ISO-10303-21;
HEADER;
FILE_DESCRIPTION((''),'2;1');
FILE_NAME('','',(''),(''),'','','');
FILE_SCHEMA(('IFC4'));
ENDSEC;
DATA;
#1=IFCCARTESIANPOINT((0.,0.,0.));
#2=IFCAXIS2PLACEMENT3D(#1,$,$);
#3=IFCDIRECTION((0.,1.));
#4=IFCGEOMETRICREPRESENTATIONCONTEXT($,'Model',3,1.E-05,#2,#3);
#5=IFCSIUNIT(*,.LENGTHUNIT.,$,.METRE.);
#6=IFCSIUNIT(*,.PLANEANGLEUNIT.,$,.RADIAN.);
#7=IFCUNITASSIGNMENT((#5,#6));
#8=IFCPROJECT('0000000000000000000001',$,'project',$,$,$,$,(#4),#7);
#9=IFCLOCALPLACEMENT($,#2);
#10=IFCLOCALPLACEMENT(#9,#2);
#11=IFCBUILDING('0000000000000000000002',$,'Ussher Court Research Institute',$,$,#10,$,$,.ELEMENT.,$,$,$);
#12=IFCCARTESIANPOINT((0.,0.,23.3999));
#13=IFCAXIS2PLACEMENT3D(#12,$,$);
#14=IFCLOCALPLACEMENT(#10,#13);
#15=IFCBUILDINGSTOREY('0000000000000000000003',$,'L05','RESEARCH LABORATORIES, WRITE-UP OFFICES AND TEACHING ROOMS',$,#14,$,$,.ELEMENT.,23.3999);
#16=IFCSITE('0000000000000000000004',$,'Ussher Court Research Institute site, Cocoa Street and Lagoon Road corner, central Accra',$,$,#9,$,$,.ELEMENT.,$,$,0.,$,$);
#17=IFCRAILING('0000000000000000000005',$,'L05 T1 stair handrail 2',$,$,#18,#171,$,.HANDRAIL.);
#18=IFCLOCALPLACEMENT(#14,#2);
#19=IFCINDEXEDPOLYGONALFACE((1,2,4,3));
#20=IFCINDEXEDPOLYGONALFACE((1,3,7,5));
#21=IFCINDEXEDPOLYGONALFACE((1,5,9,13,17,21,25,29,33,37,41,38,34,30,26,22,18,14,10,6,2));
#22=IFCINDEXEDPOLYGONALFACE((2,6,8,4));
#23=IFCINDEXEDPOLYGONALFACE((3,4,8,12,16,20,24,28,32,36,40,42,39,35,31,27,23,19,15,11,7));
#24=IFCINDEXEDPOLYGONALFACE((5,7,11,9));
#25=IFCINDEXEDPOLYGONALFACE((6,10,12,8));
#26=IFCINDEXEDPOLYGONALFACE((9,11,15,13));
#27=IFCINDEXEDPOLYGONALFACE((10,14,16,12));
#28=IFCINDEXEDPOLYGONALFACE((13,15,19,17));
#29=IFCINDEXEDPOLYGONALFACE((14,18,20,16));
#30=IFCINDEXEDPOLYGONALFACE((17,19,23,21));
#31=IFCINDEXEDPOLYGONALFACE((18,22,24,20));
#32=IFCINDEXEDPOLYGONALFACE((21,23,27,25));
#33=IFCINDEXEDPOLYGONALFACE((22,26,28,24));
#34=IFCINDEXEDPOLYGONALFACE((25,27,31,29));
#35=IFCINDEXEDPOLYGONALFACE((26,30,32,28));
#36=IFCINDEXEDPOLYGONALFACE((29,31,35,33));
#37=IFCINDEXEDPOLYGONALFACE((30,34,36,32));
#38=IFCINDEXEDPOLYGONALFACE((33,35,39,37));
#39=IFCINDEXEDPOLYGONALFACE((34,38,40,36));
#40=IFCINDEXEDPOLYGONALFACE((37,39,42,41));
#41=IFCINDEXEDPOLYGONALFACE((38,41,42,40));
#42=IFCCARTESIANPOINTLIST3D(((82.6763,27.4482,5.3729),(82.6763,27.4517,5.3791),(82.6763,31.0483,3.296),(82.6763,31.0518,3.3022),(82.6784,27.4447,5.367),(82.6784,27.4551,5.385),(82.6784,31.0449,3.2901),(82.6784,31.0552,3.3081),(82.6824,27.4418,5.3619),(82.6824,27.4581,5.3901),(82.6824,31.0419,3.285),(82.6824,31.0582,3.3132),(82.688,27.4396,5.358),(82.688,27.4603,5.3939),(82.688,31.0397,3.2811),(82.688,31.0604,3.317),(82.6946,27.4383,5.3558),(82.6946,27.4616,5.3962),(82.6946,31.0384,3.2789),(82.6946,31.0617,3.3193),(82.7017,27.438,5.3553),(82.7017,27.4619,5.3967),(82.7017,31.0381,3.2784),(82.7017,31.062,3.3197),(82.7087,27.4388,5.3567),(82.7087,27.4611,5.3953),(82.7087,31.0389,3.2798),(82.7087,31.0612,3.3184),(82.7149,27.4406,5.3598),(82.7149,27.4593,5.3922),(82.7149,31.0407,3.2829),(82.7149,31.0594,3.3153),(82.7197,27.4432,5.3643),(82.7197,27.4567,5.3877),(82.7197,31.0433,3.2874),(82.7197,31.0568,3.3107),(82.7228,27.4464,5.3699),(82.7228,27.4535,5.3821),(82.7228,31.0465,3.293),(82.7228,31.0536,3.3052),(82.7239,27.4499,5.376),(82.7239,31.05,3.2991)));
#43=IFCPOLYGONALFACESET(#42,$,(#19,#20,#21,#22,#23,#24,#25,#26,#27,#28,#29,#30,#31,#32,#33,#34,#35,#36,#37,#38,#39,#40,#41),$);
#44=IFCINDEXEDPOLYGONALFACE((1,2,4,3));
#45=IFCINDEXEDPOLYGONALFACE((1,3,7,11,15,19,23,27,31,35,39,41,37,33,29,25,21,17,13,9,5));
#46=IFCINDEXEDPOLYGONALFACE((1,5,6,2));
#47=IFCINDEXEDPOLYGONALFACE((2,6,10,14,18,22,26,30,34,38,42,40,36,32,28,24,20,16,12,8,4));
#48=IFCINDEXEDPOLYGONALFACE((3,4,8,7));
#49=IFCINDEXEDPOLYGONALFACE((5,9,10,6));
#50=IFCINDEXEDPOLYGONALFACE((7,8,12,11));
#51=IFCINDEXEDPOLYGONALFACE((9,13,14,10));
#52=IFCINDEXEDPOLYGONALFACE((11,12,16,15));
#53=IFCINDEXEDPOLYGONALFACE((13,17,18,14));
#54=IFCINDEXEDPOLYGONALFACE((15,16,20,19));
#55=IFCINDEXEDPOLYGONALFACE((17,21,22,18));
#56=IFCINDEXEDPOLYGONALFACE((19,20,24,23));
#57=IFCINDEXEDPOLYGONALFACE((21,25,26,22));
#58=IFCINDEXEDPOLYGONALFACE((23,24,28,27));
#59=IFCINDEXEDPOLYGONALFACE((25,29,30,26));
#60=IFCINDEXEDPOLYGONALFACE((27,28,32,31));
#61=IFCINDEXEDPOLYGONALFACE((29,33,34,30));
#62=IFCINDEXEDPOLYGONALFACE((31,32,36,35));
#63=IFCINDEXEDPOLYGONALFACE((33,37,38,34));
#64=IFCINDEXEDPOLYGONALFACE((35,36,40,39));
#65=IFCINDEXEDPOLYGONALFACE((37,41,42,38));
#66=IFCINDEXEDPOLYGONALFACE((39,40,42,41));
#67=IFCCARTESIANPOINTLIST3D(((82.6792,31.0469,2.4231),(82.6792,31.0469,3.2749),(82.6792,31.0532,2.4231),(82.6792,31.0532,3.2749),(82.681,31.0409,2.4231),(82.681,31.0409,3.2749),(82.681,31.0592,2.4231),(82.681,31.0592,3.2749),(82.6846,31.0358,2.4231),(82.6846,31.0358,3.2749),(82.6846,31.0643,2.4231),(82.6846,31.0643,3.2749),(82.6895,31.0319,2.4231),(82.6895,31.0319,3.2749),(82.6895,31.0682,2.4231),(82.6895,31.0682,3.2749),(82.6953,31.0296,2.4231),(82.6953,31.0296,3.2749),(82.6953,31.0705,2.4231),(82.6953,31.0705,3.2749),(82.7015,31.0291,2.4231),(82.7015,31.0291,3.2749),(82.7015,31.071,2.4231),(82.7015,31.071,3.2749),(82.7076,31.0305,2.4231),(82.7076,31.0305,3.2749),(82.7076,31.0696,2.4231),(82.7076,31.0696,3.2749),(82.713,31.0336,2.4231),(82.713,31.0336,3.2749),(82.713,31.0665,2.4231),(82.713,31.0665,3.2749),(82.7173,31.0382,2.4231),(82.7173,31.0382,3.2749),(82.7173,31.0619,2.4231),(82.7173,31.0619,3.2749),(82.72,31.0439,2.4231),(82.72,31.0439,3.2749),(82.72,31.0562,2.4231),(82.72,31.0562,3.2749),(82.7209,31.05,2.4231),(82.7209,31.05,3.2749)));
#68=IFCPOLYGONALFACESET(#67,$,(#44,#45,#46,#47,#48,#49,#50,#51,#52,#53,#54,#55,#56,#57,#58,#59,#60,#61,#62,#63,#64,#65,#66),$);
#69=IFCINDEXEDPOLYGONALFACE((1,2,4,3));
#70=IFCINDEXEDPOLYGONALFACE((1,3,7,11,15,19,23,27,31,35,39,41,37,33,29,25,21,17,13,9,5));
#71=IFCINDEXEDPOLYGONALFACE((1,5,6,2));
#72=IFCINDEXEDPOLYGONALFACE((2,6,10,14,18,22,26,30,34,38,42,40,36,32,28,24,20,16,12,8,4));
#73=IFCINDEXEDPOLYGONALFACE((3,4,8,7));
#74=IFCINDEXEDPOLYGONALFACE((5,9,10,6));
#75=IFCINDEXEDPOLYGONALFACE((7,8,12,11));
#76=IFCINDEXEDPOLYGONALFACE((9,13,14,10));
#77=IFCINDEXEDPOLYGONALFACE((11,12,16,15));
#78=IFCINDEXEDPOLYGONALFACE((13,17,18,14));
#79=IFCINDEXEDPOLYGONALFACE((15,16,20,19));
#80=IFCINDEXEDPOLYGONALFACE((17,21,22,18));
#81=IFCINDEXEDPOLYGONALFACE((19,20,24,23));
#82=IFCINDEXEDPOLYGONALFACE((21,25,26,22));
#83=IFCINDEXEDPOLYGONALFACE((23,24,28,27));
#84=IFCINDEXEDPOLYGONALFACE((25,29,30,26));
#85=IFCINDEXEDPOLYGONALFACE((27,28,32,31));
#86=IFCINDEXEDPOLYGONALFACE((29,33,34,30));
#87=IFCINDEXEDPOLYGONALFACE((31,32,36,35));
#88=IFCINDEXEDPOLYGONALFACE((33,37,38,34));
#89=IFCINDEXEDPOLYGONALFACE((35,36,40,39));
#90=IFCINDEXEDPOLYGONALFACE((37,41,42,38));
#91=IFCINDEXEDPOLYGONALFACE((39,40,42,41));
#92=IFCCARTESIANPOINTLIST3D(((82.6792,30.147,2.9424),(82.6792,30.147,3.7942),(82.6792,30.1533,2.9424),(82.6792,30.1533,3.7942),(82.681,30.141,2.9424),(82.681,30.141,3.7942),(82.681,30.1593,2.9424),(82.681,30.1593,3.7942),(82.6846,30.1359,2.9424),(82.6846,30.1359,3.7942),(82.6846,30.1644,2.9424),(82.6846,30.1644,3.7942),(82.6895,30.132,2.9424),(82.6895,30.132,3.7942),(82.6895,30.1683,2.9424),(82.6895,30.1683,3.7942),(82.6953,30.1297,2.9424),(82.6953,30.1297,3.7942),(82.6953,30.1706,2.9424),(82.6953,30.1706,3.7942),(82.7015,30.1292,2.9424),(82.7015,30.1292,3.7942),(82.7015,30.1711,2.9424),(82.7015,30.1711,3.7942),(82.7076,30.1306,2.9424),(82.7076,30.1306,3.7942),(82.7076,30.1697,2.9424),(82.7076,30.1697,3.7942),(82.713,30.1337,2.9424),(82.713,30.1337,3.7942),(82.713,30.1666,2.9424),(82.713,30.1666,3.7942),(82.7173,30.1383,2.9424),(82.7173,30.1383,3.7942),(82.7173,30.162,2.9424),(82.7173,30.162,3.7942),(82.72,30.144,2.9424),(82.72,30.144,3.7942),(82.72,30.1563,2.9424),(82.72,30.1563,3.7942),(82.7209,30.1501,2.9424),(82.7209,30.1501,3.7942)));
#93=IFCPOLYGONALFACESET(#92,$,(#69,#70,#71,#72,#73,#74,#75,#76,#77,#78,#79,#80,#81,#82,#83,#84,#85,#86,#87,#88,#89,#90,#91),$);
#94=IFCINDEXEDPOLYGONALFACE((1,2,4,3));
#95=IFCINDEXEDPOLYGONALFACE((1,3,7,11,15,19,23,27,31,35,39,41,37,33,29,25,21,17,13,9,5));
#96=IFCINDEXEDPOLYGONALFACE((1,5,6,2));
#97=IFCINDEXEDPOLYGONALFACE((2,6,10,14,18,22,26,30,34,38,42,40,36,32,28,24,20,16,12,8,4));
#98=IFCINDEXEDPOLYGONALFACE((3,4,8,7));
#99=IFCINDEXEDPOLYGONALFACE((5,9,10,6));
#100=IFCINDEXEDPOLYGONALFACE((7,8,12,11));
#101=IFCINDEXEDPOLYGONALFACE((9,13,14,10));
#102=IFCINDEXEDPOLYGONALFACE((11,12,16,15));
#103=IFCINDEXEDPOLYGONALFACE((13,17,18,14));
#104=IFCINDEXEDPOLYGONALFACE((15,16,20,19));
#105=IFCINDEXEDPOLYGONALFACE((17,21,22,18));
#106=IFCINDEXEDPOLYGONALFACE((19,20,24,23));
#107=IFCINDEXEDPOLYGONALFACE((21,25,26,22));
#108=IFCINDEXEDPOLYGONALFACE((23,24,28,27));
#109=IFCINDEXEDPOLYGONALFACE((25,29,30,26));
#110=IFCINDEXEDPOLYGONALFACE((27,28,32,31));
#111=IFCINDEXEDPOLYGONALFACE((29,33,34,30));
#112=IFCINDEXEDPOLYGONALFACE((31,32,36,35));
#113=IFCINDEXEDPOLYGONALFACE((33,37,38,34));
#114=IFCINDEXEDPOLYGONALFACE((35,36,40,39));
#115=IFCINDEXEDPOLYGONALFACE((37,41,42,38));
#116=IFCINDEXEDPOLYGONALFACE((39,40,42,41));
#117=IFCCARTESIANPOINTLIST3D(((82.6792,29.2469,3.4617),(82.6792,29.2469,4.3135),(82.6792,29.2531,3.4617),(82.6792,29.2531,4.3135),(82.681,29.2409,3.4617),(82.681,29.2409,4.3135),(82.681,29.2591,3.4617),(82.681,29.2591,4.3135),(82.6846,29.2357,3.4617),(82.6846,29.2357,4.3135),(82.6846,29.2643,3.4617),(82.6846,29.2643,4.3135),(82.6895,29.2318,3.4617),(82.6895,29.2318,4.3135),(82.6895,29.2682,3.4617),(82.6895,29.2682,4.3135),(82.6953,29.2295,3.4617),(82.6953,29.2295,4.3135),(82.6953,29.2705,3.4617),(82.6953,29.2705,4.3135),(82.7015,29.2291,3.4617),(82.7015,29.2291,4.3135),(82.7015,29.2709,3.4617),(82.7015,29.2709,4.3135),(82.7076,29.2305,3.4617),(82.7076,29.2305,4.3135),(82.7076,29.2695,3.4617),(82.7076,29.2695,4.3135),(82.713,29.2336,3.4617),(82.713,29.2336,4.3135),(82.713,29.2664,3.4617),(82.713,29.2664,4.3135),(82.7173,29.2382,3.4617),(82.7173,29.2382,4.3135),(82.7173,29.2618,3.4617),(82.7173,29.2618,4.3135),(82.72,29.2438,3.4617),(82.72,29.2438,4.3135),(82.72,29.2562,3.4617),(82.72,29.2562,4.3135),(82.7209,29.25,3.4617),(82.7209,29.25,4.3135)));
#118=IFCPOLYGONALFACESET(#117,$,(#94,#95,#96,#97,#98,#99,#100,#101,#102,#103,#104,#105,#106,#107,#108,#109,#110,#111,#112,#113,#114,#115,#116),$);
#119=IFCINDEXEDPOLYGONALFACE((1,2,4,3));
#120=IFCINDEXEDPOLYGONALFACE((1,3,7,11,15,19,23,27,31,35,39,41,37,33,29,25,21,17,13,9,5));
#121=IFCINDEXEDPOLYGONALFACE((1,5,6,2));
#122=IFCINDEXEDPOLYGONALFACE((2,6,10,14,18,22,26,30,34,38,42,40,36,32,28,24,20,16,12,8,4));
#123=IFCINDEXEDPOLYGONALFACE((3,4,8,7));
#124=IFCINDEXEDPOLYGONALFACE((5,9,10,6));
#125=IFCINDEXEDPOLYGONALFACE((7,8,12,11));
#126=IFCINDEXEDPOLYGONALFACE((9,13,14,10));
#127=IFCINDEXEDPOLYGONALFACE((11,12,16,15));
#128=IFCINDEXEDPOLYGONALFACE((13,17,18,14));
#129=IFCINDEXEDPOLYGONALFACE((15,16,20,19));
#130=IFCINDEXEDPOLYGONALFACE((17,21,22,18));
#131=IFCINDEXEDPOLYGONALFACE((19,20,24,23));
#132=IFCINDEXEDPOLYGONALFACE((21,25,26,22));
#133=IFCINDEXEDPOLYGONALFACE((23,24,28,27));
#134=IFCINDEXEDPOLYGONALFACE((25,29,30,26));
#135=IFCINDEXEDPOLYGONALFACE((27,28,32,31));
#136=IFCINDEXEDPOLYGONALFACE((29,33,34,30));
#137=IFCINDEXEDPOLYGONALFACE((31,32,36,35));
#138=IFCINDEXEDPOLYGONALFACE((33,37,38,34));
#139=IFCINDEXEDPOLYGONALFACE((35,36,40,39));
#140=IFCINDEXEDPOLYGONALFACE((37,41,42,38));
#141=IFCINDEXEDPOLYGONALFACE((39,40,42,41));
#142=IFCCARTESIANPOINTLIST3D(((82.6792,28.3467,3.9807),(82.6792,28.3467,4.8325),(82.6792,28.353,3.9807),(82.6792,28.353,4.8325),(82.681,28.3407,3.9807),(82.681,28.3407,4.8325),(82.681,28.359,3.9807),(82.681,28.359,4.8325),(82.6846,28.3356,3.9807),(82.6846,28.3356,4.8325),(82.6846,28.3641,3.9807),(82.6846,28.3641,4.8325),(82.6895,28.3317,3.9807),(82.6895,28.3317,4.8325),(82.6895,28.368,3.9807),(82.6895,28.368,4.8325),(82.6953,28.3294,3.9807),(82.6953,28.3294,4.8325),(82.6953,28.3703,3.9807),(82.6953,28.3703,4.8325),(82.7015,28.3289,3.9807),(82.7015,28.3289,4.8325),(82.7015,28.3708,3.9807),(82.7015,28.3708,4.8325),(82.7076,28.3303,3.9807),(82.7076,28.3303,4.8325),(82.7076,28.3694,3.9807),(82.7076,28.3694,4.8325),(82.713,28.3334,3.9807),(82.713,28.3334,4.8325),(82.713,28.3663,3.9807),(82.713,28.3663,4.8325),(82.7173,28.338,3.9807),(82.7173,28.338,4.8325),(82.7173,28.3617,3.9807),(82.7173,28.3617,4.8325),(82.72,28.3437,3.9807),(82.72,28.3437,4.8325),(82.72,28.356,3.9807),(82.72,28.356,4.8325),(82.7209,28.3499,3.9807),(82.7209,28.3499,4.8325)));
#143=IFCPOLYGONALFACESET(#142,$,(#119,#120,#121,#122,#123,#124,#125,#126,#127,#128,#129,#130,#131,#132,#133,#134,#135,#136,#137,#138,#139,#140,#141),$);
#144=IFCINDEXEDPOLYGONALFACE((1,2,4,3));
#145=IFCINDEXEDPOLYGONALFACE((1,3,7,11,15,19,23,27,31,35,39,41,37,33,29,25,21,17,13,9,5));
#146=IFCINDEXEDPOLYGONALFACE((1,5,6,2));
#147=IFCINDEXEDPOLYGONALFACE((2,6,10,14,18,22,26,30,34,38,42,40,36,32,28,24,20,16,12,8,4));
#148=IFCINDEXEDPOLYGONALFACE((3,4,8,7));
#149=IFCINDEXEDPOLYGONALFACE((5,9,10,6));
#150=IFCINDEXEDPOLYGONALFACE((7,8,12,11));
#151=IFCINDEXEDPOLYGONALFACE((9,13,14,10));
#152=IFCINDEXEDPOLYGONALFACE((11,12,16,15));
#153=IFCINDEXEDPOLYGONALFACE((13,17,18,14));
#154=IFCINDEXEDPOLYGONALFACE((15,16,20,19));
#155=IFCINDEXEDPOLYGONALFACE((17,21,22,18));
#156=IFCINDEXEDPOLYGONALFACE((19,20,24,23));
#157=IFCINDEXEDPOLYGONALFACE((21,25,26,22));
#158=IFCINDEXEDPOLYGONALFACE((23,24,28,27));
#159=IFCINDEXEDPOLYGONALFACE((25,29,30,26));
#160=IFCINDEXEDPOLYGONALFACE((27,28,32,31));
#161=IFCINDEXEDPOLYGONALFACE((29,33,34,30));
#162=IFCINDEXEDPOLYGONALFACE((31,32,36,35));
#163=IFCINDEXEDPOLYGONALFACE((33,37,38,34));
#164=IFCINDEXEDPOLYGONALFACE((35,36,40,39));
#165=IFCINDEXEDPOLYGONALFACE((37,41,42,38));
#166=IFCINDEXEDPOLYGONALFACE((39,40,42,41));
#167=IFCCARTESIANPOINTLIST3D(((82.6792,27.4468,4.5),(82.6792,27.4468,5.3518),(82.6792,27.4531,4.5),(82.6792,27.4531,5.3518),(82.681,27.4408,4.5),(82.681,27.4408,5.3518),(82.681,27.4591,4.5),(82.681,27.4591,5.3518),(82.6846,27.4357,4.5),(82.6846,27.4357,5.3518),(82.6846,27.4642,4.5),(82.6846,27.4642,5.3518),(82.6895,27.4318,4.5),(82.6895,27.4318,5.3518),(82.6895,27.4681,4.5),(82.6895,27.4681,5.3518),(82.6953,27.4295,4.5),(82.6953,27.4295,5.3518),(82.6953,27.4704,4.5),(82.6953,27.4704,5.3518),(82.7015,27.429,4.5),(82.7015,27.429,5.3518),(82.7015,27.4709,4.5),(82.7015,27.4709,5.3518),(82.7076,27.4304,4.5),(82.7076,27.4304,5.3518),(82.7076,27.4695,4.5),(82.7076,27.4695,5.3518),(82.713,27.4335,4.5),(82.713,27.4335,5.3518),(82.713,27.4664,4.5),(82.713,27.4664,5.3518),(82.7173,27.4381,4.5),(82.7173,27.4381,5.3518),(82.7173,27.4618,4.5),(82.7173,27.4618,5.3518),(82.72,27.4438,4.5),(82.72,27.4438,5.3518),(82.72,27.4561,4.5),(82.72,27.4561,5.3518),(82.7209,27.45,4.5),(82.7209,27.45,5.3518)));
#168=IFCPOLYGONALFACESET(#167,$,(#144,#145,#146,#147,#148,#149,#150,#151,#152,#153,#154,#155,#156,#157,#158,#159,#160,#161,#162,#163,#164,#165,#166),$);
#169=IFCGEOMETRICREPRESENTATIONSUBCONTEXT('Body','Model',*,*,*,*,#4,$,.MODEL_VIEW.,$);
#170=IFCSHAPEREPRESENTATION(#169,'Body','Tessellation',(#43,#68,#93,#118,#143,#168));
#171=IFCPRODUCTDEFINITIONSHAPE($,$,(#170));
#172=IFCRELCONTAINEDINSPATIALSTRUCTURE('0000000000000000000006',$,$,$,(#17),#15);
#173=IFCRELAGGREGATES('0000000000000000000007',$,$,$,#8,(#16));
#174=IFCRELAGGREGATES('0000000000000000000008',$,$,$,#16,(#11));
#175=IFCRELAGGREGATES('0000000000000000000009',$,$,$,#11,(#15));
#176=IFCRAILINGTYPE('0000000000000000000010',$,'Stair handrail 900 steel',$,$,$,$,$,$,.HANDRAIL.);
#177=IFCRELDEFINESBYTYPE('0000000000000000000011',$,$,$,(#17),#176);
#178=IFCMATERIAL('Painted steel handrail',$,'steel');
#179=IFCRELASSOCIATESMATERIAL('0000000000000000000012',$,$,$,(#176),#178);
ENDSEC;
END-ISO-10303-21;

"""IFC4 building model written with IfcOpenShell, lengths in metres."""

from ifc_helpers import new_model, si_unit, direction, frame, origin, origin_2d, place, context, subcontext, project, spatial, circle, extrude, material, type_object, element, save


model = new_model("IFC4")

# Units and contexts
model_context = context("Model", 3, precision=1e-05, world=origin(), true_north=direction((0.0, 1.0)))
body_context = subcontext(model_context, "Body", "Model", "MODEL_VIEW")
ifc_project = project(units=[si_unit("LENGTHUNIT", "METRE"), si_unit("PLANEANGLEUNIT", "RADIAN")], contexts=[model_context])

# Site, building, storey
site_placement = place(None, origin())
site = spatial("IfcSite", under=ifc_project, at=site_placement, Name="Ussher Court Research Institute site, Cocoa Street and Lagoon Road corner, central Accra", CompositionType="ELEMENT", RefElevation=0.0)
building_placement = place(site_placement, origin())
building = spatial("IfcBuilding", under=site, at=building_placement, Name="Ussher Court Research Institute", CompositionType="ELEMENT")
storey_placement = place(building_placement, frame((0.0, 0.0, 23.3999)))
storey = spatial("IfcBuildingStorey", under=building, at=storey_placement, Name="L05", Description="RESEARCH LABORATORIES, WRITE-UP OFFICES AND TEACHING ROOMS", CompositionType="ELEMENT", Elevation=23.3999)

# Railing
ifc_material_1 = material(Name="Painted steel handrail", Category="steel")
railing_type = type_object("IfcRailingType", Name="Stair handrail 900 steel", PredefinedType="HANDRAIL", material=ifc_material_1)
railing_placement = place(storey_placement, frame((82.7, 31.05, 2.4231)))
element("IfcRailing", 1, at=railing_placement, inside=storey, type_object=railing_type, Name="L05 T1 stair handrail 2", PredefinedType="HANDRAIL", context=body_context, shape_type="SweptSolid", body=[
    extrude(circle(Radius=0.0239, at=origin_2d()), frame((0.0, 0.0, 0.876), z_axis=(0.0, -0.866193, 0.499709), x_axis=(1.0, 0.0, 0.0)), (0.0, 0.0, 1.0), 4.1562),
    extrude(circle(Radius=0.021, at=origin_2d()), origin(), (0.0, 0.0, 1.0), 0.8518),
    extrude(circle(Radius=0.021, at=origin_2d()), frame((0.0, -0.8999, 0.5193)), (0.0, 0.0, 1.0), 0.8518),
    extrude(circle(Radius=0.021, at=origin_2d()), frame((0.0, -1.8, 1.0386)), (0.0, 0.0, 1.0), 0.8518),
    extrude(circle(Radius=0.021, at=origin_2d()), frame((0.0, -2.7002, 1.5576)), (0.0, 0.0, 1.0), 0.8518),
    extrude(circle(Radius=0.021, at=origin_2d()), frame((0.0, -3.6001, 2.0769)), (0.0, 0.0, 1.0), 0.8518),
])

save(model, "model.ifc")
